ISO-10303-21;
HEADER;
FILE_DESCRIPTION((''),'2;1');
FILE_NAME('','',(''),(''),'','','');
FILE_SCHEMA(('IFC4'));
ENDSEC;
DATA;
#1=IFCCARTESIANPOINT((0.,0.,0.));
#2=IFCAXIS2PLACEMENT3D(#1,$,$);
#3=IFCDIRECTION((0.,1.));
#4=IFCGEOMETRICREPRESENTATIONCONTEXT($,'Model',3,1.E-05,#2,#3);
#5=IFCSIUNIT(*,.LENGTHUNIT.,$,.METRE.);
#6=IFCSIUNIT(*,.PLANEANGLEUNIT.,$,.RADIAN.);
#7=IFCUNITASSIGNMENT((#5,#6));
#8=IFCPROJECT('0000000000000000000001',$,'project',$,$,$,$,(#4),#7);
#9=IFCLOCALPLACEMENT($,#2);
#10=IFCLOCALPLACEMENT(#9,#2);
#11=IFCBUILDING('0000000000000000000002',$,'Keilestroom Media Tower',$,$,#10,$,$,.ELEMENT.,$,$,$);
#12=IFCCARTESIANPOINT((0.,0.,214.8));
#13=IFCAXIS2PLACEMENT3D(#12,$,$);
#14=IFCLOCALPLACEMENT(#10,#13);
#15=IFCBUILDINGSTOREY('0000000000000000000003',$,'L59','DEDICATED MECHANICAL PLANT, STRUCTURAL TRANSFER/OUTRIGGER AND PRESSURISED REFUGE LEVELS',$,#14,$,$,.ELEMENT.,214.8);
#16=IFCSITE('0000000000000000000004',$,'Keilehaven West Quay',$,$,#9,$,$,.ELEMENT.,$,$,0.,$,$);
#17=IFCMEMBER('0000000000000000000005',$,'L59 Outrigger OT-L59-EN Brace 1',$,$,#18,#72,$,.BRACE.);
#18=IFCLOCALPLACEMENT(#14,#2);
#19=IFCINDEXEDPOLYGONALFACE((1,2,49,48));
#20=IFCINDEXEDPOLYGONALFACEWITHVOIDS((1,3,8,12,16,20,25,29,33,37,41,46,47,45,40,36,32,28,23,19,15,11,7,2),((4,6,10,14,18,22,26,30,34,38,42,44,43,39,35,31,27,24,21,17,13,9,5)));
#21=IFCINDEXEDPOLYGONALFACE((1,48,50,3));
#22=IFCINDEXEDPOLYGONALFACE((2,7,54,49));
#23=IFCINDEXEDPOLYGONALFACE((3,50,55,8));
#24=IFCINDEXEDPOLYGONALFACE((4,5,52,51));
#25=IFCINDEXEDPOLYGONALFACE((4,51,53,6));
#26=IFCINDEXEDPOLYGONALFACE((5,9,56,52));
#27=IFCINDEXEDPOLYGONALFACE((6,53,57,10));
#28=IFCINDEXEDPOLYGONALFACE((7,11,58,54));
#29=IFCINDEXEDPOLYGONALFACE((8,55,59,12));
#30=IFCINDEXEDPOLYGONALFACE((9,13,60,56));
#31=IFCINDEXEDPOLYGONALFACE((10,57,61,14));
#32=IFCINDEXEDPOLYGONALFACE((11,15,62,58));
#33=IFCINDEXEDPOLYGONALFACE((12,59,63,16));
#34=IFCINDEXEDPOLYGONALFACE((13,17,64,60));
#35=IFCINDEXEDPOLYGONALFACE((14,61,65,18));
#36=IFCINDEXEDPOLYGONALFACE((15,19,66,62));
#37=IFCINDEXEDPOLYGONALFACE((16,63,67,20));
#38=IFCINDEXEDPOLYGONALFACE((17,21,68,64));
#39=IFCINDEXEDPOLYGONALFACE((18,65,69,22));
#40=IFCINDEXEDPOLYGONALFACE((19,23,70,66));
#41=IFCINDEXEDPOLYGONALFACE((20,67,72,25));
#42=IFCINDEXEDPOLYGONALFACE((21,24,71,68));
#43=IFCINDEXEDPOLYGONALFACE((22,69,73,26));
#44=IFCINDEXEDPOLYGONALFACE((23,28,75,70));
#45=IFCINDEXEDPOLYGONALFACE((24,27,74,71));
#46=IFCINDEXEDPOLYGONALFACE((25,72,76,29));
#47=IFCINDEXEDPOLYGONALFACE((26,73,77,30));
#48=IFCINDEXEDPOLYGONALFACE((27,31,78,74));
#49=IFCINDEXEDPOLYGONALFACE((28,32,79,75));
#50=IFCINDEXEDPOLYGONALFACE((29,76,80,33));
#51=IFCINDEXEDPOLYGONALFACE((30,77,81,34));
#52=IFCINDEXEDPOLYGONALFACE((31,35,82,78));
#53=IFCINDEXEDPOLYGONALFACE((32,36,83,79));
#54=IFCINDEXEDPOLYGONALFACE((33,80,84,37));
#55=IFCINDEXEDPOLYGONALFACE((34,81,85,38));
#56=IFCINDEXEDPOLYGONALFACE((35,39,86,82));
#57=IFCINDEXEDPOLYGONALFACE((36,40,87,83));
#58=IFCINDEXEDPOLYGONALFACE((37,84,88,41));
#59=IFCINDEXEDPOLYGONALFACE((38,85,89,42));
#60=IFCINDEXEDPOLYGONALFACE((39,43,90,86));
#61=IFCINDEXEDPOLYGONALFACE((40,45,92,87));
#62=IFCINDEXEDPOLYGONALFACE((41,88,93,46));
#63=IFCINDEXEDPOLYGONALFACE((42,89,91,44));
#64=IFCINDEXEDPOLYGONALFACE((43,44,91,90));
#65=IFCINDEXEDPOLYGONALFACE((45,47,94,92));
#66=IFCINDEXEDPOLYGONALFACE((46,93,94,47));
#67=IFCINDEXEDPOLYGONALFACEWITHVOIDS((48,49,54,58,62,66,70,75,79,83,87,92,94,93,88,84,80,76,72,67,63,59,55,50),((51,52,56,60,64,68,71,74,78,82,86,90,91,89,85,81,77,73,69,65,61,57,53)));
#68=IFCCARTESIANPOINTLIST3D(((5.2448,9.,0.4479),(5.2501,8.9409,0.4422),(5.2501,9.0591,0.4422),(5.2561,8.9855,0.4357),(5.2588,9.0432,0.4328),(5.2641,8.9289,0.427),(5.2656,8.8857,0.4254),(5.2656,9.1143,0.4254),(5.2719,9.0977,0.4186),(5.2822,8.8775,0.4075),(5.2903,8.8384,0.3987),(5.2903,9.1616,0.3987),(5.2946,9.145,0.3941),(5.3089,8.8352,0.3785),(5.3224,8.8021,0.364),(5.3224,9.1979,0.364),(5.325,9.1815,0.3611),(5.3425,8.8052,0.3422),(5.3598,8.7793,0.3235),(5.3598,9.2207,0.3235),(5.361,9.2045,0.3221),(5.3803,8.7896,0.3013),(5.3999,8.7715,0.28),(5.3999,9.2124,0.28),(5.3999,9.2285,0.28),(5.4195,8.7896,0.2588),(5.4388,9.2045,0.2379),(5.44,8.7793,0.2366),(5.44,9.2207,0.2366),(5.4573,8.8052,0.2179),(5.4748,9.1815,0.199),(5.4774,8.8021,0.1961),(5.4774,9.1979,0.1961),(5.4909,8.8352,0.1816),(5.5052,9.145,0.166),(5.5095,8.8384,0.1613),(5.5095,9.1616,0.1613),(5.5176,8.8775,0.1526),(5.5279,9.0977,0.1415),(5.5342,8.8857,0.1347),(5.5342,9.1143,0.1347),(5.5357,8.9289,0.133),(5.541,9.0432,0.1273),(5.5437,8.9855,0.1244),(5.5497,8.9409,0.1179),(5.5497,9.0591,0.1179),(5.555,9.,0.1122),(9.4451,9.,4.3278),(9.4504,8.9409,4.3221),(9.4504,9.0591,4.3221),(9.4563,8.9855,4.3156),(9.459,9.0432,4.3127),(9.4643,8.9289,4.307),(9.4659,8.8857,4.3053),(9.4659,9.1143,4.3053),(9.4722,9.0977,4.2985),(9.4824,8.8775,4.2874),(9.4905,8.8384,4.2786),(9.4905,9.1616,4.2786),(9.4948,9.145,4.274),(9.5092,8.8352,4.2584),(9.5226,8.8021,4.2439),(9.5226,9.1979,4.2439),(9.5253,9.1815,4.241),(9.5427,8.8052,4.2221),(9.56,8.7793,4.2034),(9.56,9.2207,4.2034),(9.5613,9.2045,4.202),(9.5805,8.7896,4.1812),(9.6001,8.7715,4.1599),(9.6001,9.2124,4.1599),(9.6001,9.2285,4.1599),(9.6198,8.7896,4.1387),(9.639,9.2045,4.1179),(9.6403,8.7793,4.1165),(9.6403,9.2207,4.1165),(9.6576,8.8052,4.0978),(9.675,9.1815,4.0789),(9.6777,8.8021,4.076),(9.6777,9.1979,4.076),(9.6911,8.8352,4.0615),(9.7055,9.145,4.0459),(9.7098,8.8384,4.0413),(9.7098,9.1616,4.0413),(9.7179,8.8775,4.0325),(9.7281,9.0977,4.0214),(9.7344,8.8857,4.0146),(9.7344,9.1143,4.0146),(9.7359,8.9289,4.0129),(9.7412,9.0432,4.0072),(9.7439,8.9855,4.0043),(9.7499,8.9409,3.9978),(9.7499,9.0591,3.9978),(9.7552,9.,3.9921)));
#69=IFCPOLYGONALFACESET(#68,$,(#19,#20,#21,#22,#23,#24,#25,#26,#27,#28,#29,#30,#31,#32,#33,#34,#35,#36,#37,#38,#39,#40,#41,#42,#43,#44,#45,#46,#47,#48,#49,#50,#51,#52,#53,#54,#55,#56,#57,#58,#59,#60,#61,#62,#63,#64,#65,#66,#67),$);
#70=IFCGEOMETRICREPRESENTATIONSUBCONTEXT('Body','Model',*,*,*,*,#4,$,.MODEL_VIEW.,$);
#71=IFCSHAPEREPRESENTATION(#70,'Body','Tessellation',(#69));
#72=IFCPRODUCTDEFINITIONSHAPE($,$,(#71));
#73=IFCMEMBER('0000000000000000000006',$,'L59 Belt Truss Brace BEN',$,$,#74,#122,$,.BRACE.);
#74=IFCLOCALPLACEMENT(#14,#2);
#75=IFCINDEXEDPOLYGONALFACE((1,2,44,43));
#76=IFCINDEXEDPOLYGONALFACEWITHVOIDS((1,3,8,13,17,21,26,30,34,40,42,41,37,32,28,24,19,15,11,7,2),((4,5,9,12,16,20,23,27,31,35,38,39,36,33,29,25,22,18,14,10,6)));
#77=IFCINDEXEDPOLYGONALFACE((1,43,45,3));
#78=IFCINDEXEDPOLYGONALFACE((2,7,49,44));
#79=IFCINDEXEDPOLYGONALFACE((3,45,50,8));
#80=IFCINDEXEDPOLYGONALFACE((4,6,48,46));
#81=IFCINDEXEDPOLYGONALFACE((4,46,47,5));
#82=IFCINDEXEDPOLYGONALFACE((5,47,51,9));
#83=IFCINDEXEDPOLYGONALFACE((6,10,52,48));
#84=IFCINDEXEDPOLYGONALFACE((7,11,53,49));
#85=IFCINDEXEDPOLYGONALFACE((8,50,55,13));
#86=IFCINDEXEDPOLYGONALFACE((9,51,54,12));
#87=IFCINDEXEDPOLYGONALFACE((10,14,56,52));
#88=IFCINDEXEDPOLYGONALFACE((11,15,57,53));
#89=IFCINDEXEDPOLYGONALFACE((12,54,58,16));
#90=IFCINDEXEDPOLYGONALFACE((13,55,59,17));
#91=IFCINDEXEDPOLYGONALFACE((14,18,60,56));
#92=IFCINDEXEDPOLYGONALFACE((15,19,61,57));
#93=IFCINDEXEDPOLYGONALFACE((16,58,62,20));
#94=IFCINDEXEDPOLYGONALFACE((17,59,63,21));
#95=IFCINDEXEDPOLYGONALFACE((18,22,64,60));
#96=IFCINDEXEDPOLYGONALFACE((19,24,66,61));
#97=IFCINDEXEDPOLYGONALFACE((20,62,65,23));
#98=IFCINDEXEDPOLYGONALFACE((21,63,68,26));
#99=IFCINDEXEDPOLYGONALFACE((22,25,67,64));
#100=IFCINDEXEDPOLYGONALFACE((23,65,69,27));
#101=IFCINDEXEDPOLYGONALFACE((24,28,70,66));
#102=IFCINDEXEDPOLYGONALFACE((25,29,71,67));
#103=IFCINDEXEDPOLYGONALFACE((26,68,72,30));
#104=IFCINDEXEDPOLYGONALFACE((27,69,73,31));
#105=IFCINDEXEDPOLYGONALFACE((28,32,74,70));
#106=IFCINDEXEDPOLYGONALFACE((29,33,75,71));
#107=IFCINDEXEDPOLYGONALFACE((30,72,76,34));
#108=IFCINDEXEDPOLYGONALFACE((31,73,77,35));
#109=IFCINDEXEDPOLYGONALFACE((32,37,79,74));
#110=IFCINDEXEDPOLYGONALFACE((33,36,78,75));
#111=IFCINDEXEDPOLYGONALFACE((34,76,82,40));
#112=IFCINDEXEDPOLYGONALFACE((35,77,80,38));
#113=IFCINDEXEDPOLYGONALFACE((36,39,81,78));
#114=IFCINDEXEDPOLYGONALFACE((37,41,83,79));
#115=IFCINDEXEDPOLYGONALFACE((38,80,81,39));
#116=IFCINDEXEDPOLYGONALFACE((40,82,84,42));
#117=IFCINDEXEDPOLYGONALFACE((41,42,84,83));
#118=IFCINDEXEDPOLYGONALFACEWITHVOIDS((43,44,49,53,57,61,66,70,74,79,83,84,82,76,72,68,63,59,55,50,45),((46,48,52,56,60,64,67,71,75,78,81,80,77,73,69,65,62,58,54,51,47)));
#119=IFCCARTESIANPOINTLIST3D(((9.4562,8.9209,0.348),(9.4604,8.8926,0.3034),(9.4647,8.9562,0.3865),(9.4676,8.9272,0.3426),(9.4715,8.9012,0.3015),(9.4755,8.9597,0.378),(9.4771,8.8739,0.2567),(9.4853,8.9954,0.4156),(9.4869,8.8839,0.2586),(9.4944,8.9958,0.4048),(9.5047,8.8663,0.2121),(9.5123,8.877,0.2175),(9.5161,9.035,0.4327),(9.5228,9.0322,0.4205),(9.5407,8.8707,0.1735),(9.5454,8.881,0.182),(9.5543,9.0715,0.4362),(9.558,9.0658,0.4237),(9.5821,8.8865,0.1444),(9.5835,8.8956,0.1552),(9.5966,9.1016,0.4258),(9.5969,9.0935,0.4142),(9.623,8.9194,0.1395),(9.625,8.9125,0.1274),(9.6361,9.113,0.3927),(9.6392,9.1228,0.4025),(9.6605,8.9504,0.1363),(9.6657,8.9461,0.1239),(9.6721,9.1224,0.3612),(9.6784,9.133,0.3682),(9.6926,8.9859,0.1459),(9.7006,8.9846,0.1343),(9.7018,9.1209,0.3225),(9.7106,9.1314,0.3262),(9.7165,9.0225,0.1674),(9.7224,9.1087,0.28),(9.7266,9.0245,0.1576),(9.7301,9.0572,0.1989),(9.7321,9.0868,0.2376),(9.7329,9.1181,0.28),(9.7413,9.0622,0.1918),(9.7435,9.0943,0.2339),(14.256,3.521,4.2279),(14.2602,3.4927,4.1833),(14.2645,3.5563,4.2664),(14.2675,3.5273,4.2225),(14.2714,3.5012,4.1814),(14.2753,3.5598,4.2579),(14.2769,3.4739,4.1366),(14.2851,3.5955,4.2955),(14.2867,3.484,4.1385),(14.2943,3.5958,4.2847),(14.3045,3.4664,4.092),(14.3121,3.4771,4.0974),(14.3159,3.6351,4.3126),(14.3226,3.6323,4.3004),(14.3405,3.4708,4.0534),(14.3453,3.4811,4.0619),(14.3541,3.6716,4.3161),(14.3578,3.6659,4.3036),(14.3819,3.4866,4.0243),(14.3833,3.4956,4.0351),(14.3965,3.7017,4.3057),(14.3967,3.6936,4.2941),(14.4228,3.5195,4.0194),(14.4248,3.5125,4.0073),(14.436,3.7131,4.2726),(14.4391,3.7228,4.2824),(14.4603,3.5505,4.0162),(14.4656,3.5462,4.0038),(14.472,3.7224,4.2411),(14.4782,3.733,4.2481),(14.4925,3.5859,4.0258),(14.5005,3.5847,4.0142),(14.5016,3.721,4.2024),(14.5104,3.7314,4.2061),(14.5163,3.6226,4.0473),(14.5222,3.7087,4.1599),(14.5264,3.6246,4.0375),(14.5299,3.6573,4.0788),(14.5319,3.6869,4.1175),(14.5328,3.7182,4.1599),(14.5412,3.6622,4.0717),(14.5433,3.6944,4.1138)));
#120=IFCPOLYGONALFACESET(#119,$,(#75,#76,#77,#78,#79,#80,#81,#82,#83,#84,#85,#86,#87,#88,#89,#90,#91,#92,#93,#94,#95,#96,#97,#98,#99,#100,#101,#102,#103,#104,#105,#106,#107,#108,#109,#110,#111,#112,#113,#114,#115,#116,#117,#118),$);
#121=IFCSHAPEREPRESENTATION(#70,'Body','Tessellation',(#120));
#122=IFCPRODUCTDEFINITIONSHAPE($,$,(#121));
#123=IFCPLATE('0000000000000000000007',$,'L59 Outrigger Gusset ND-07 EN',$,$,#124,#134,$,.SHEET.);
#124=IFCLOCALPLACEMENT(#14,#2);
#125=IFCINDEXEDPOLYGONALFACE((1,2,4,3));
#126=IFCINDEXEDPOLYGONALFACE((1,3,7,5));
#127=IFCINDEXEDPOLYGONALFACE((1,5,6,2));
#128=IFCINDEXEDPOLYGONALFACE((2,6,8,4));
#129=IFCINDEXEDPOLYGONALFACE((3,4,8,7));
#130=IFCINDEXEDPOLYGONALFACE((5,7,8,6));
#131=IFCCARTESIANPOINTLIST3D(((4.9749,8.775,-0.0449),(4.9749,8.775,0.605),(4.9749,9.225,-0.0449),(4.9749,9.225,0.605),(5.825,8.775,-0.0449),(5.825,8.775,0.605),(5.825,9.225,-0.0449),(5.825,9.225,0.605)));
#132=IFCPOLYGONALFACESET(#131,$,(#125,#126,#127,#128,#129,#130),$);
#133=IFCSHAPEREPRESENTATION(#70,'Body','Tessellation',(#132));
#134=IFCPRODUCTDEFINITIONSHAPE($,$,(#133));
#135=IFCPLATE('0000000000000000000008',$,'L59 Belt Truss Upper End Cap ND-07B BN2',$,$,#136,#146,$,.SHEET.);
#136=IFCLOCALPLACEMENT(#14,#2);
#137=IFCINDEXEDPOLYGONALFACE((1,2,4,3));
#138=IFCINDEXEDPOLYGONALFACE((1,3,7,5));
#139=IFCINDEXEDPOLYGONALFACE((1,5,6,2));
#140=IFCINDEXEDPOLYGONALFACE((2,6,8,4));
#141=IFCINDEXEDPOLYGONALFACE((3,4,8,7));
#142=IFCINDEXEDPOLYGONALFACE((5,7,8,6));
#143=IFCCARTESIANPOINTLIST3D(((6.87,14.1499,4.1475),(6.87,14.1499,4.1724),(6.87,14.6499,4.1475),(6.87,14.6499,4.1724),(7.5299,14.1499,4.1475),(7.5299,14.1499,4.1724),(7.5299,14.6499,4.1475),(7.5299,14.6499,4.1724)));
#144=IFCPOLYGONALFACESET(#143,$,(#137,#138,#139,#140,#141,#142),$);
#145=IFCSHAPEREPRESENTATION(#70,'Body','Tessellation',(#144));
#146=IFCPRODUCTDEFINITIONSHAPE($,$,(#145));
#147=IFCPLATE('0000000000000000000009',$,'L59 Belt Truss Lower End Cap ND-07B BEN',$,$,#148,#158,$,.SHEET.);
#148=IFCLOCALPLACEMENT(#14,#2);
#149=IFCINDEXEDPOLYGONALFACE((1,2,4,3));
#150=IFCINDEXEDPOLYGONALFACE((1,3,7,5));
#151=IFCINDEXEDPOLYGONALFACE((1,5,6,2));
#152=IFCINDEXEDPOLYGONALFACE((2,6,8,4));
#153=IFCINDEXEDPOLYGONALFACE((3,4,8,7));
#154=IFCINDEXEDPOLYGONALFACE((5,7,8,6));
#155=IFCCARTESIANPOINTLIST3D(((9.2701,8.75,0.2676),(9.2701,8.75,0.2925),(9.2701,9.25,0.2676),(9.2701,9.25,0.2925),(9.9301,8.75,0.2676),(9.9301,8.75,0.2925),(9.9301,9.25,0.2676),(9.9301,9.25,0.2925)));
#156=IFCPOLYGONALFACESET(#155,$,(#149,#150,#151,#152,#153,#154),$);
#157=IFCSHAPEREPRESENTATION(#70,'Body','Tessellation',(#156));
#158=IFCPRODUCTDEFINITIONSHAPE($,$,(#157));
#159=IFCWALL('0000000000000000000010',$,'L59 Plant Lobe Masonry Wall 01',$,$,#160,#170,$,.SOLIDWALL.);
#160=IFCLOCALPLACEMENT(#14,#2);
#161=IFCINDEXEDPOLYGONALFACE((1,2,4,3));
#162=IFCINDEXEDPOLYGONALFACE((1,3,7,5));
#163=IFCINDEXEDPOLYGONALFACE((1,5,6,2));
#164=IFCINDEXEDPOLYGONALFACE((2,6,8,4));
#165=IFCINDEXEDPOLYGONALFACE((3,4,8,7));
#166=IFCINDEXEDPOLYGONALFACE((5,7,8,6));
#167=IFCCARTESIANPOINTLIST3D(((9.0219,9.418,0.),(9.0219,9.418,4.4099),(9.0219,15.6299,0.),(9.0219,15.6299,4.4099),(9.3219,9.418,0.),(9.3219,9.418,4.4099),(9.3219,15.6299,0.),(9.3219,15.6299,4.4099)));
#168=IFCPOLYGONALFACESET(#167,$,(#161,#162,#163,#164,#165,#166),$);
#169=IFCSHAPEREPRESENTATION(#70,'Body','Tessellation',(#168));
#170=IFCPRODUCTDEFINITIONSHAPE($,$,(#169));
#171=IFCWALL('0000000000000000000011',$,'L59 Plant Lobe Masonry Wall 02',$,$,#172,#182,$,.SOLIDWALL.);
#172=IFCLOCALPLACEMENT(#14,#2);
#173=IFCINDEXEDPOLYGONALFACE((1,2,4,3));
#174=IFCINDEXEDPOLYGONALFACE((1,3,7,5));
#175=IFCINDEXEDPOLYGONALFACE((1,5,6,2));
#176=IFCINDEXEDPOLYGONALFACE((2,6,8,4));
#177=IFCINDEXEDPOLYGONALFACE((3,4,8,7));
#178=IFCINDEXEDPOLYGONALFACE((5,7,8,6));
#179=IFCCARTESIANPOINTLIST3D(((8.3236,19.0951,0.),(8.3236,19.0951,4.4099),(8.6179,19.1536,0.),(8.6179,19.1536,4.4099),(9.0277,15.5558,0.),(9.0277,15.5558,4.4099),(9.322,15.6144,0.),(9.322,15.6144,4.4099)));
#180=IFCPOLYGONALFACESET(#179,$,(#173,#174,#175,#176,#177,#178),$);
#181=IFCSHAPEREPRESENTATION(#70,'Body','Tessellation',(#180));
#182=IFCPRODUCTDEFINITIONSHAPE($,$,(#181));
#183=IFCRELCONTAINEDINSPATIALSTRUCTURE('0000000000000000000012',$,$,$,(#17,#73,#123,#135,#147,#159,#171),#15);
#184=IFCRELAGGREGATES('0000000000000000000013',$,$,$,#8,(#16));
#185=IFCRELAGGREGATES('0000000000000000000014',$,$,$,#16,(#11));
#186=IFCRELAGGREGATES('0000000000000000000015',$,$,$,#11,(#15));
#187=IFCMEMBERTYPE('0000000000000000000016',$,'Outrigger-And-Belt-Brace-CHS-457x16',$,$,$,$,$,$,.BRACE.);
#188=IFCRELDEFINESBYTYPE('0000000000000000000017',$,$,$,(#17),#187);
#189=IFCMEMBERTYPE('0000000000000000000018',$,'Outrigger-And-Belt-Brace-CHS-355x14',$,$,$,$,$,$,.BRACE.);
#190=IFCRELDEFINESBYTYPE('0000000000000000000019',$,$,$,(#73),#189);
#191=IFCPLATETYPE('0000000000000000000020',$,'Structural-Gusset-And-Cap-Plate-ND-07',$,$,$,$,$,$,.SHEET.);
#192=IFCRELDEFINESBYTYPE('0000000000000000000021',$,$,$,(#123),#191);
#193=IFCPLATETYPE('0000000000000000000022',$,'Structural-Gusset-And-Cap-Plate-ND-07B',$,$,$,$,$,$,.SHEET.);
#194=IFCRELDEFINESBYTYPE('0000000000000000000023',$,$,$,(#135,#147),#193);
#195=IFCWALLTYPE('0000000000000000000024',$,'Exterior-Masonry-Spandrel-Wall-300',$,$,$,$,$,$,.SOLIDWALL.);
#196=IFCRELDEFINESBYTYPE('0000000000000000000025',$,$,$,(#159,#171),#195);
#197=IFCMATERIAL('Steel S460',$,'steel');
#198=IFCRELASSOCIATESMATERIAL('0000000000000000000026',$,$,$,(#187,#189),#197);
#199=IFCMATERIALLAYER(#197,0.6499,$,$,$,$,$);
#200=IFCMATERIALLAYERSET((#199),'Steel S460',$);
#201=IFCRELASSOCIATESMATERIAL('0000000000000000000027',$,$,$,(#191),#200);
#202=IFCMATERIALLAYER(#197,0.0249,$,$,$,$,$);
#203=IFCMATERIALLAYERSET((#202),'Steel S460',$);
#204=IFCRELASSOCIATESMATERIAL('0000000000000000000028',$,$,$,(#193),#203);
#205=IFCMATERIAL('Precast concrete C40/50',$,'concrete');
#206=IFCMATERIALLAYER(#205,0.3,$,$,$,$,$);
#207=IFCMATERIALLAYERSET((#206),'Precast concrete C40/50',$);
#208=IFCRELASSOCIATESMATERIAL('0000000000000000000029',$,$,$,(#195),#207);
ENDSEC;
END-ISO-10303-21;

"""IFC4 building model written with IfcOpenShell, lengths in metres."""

from ifc_helpers import new_model, si_unit, direction, frame, frame_2d, origin, origin_2d, place, context, subcontext, project, spatial, rectangle, hollow_circle, extrude, source, transform, mapped, material, layer, layer_set, material_profile, profile_set, type_object, element, save


model = new_model("IFC4")

# Units and contexts
model_context = context("Model", 3, precision=1e-05, world=origin(), true_north=direction((0.0, 1.0)))
body_context = subcontext(model_context, "Body", "Model", "MODEL_VIEW")
ifc_project = project(units=[si_unit("LENGTHUNIT", "METRE"), si_unit("PLANEANGLEUNIT", "RADIAN")], contexts=[model_context])

# Site, building, storey
site_placement = place(None, origin())
site = spatial("IfcSite", under=ifc_project, at=site_placement, Name="Keilehaven West Quay", CompositionType="ELEMENT", RefElevation=0.0)
building_placement = place(site_placement, origin())
building = spatial("IfcBuilding", under=site, at=building_placement, Name="Keilestroom Media Tower", CompositionType="ELEMENT")
storey_placement = place(building_placement, frame((0.0, 0.0, 214.8)))
storey = spatial("IfcBuildingStorey", under=building, at=storey_placement, Name="L59", Description="DEDICATED MECHANICAL PLANT, STRUCTURAL TRANSFER/OUTRIGGER AND PRESSURISED REFUGE LEVELS", CompositionType="ELEMENT", Elevation=214.8)

# Members
ifc_material_1 = material(Name="Steel S460", Category="steel")
ifc_material_profile_1 = material_profile(ifc_material_1, hollow_circle(Radius=0.2285, WallThickness=0.0161, at=origin_2d()), Name="CHS 457x16")
ifc_profile_set_1 = profile_set([ifc_material_profile_1], Name="Steel S460")
member_type_1 = type_object("IfcMemberType", Name="Outrigger-And-Belt-Brace-CHS-457x16", PredefinedType="BRACE", material=ifc_profile_set_1)
shared_shape_1 = source(origin(), body_context, "Body", "SweptSolid", [
    extrude(hollow_circle(Radius=0.2285, WallThickness=0.0161, at=origin_2d()), origin(), (0.0, 0.0, 1.0), 5.718),
])
member_1_placement = place(storey_placement, frame((5.3999, 9.0, 0.28), z_axis=(0.734561, 0.0, 0.678543), x_axis=(0.0, 1.0, 0.0)))
element("IfcMember", 1, at=member_1_placement, inside=storey, type_object=member_type_1, Name="L59 Outrigger OT-L59-EN Brace 1", PredefinedType="BRACE", context=body_context, shape_type="MappedRepresentation", body=[
    mapped(shared_shape_1, transform((0.0, 0.0, 0.0), x_axis=(1.0, 0.0, 0.0), y_axis=(0.0, 1.0, 0.0), z_axis=(0.0, 0.0, 1.0), scale=1.0)),
])
ifc_material_profile_2 = material_profile(ifc_material_1, hollow_circle(Radius=0.1777, WallThickness=0.0142, at=origin_2d()), Name="CHS 355.6x14.2")
ifc_profile_set_2 = profile_set([ifc_material_profile_2], Name="Steel S460")
member_type_2 = type_object("IfcMemberType", Name="Outrigger-And-Belt-Brace-CHS-355x14", PredefinedType="BRACE", material=ifc_profile_set_2)
shared_shape_2 = source(origin(), body_context, "Body", "SweptSolid", [
    extrude(hollow_circle(Radius=0.1777, WallThickness=0.0142, at=origin_2d()), origin(), (0.0, 0.0, 1.0), 8.2007),
])
member_2_placement = place(storey_placement, frame((9.6001, 9.0, 0.28), z_axis=(0.585296, -0.658473, 0.473119), x_axis=(0.747417, 0.664355, 0.0)))
element("IfcMember", 2, at=member_2_placement, inside=storey, type_object=member_type_2, Name="L59 Belt Truss Brace BEN", PredefinedType="BRACE", context=body_context, shape_type="MappedRepresentation", body=[
    mapped(shared_shape_2, transform((0.0, 0.0, 0.0), x_axis=(1.0, 0.0, 0.0), y_axis=(0.0, 1.0, 0.0), z_axis=(0.0, 0.0, 1.0), scale=1.0)),
])

# Plates
ifc_layer_1 = layer(ifc_material_1, 0.6499)
ifc_layer_set_1 = layer_set([ifc_layer_1], Name="Steel S460")
plate_type_1 = type_object("IfcPlateType", Name="Structural-Gusset-And-Cap-Plate-ND-07", PredefinedType="SHEET", material=ifc_layer_set_1)
shared_shape_3 = source(origin(), body_context, "Body", "SweptSolid", [
    extrude(rectangle(XDim=0.8501, YDim=0.45, at=origin_2d()), origin(), (0.0, 0.0, 1.0), 0.6499),
])
plate_placement = place(storey_placement, frame((5.3999, 9.0, -0.0449), z_axis=(0.0, 0.0, 1.0), x_axis=(1.0, 0.0, 0.0)))
element("IfcPlate", 3, at=plate_placement, inside=storey, type_object=plate_type_1, Name="L59 Outrigger Gusset ND-07 EN", PredefinedType="SHEET", context=body_context, shape_type="MappedRepresentation", body=[
    mapped(shared_shape_3, transform((0.0, 0.0, 0.0), x_axis=(1.0, 0.0, 0.0), y_axis=(0.0, 1.0, 0.0), z_axis=(0.0, 0.0, 1.0), scale=1.0)),
])
ifc_layer_2 = layer(ifc_material_1, 0.0249)
ifc_layer_set_2 = layer_set([ifc_layer_2], Name="Steel S460")
plate_type_2 = type_object("IfcPlateType", Name="Structural-Gusset-And-Cap-Plate-ND-07B", PredefinedType="SHEET", material=ifc_layer_set_2)
shared_shape_4 = source(origin(), body_context, "Body", "SweptSolid", [
    extrude(rectangle(XDim=0.6599, YDim=0.5, at=origin_2d()), origin(), (0.0, 0.0, 1.0), 0.0249),
])
for number, where, z_axis, x_axis, name in (
    (4, (7.2, 14.3999, 4.1475), (0.0, 0.0, 1.0), (1.0, 0.0, 0.0), "L59 Belt Truss Upper End Cap ND-07B BN2"),
    (5, (9.6001, 9.0, 0.2676), (0.0, 0.0, 1.0), (1.0, 0.0, 0.0), "L59 Belt Truss Lower End Cap ND-07B BEN"),
):
    element("IfcPlate", number, at=place(storey_placement, frame(where, z_axis=z_axis, x_axis=x_axis)), inside=storey, type_object=plate_type_2, Name=name, PredefinedType="SHEET", context=body_context, shape_type="MappedRepresentation", body=[
        mapped(shared_shape_4, transform((0.0, 0.0, 0.0), x_axis=(1.0, 0.0, 0.0), y_axis=(0.0, 1.0, 0.0), z_axis=(0.0, 0.0, 1.0), scale=1.0)),
    ])

# Walls
ifc_material_2 = material(Name="Precast concrete C40/50", Category="concrete")
ifc_layer_3 = layer(ifc_material_2, 0.3)
ifc_layer_set_3 = layer_set([ifc_layer_3], Name="Precast concrete C40/50")
wall_type_1 = type_object("IfcWallType", Name="Exterior-Masonry-Spandrel-Wall-300", PredefinedType="SOLIDWALL", material=ifc_layer_set_3)
wall_1_placement = place(storey_placement, frame((9.1719, 9.418, 0.0), z_axis=(0.0, 0.0, 1.0), x_axis=(0.0, 1.0, 0.0)))
element("IfcWall", 6, at=wall_1_placement, inside=storey, type_object=wall_type_1, Name="L59 Plant Lobe Masonry Wall 01", PredefinedType="SOLIDWALL", context=body_context, shape_type="SweptSolid", body=[
    extrude(rectangle(XDim=6.2119, YDim=0.3, at=frame_2d((3.106, 0.0))), origin(), (0.0, 0.0, 1.0), 4.4099),
])
wall_2_placement = place(storey_placement, frame((9.1748, 15.5852, 0.0), z_axis=(0.0, 0.0, 1.0), x_axis=(-0.195114, 0.980781, 0.0)))
element("IfcWall", 7, at=wall_2_placement, inside=storey, type_object=wall_type_1, Name="L59 Plant Lobe Masonry Wall 02", PredefinedType="SOLIDWALL", context=body_context, shape_type="SweptSolid", body=[
    extrude(rectangle(XDim=3.6086, YDim=0.3, at=frame_2d((1.8042, 0.0))), origin(), (0.0, 0.0, 1.0), 4.4099),
])

save(model, "model.ifc")
